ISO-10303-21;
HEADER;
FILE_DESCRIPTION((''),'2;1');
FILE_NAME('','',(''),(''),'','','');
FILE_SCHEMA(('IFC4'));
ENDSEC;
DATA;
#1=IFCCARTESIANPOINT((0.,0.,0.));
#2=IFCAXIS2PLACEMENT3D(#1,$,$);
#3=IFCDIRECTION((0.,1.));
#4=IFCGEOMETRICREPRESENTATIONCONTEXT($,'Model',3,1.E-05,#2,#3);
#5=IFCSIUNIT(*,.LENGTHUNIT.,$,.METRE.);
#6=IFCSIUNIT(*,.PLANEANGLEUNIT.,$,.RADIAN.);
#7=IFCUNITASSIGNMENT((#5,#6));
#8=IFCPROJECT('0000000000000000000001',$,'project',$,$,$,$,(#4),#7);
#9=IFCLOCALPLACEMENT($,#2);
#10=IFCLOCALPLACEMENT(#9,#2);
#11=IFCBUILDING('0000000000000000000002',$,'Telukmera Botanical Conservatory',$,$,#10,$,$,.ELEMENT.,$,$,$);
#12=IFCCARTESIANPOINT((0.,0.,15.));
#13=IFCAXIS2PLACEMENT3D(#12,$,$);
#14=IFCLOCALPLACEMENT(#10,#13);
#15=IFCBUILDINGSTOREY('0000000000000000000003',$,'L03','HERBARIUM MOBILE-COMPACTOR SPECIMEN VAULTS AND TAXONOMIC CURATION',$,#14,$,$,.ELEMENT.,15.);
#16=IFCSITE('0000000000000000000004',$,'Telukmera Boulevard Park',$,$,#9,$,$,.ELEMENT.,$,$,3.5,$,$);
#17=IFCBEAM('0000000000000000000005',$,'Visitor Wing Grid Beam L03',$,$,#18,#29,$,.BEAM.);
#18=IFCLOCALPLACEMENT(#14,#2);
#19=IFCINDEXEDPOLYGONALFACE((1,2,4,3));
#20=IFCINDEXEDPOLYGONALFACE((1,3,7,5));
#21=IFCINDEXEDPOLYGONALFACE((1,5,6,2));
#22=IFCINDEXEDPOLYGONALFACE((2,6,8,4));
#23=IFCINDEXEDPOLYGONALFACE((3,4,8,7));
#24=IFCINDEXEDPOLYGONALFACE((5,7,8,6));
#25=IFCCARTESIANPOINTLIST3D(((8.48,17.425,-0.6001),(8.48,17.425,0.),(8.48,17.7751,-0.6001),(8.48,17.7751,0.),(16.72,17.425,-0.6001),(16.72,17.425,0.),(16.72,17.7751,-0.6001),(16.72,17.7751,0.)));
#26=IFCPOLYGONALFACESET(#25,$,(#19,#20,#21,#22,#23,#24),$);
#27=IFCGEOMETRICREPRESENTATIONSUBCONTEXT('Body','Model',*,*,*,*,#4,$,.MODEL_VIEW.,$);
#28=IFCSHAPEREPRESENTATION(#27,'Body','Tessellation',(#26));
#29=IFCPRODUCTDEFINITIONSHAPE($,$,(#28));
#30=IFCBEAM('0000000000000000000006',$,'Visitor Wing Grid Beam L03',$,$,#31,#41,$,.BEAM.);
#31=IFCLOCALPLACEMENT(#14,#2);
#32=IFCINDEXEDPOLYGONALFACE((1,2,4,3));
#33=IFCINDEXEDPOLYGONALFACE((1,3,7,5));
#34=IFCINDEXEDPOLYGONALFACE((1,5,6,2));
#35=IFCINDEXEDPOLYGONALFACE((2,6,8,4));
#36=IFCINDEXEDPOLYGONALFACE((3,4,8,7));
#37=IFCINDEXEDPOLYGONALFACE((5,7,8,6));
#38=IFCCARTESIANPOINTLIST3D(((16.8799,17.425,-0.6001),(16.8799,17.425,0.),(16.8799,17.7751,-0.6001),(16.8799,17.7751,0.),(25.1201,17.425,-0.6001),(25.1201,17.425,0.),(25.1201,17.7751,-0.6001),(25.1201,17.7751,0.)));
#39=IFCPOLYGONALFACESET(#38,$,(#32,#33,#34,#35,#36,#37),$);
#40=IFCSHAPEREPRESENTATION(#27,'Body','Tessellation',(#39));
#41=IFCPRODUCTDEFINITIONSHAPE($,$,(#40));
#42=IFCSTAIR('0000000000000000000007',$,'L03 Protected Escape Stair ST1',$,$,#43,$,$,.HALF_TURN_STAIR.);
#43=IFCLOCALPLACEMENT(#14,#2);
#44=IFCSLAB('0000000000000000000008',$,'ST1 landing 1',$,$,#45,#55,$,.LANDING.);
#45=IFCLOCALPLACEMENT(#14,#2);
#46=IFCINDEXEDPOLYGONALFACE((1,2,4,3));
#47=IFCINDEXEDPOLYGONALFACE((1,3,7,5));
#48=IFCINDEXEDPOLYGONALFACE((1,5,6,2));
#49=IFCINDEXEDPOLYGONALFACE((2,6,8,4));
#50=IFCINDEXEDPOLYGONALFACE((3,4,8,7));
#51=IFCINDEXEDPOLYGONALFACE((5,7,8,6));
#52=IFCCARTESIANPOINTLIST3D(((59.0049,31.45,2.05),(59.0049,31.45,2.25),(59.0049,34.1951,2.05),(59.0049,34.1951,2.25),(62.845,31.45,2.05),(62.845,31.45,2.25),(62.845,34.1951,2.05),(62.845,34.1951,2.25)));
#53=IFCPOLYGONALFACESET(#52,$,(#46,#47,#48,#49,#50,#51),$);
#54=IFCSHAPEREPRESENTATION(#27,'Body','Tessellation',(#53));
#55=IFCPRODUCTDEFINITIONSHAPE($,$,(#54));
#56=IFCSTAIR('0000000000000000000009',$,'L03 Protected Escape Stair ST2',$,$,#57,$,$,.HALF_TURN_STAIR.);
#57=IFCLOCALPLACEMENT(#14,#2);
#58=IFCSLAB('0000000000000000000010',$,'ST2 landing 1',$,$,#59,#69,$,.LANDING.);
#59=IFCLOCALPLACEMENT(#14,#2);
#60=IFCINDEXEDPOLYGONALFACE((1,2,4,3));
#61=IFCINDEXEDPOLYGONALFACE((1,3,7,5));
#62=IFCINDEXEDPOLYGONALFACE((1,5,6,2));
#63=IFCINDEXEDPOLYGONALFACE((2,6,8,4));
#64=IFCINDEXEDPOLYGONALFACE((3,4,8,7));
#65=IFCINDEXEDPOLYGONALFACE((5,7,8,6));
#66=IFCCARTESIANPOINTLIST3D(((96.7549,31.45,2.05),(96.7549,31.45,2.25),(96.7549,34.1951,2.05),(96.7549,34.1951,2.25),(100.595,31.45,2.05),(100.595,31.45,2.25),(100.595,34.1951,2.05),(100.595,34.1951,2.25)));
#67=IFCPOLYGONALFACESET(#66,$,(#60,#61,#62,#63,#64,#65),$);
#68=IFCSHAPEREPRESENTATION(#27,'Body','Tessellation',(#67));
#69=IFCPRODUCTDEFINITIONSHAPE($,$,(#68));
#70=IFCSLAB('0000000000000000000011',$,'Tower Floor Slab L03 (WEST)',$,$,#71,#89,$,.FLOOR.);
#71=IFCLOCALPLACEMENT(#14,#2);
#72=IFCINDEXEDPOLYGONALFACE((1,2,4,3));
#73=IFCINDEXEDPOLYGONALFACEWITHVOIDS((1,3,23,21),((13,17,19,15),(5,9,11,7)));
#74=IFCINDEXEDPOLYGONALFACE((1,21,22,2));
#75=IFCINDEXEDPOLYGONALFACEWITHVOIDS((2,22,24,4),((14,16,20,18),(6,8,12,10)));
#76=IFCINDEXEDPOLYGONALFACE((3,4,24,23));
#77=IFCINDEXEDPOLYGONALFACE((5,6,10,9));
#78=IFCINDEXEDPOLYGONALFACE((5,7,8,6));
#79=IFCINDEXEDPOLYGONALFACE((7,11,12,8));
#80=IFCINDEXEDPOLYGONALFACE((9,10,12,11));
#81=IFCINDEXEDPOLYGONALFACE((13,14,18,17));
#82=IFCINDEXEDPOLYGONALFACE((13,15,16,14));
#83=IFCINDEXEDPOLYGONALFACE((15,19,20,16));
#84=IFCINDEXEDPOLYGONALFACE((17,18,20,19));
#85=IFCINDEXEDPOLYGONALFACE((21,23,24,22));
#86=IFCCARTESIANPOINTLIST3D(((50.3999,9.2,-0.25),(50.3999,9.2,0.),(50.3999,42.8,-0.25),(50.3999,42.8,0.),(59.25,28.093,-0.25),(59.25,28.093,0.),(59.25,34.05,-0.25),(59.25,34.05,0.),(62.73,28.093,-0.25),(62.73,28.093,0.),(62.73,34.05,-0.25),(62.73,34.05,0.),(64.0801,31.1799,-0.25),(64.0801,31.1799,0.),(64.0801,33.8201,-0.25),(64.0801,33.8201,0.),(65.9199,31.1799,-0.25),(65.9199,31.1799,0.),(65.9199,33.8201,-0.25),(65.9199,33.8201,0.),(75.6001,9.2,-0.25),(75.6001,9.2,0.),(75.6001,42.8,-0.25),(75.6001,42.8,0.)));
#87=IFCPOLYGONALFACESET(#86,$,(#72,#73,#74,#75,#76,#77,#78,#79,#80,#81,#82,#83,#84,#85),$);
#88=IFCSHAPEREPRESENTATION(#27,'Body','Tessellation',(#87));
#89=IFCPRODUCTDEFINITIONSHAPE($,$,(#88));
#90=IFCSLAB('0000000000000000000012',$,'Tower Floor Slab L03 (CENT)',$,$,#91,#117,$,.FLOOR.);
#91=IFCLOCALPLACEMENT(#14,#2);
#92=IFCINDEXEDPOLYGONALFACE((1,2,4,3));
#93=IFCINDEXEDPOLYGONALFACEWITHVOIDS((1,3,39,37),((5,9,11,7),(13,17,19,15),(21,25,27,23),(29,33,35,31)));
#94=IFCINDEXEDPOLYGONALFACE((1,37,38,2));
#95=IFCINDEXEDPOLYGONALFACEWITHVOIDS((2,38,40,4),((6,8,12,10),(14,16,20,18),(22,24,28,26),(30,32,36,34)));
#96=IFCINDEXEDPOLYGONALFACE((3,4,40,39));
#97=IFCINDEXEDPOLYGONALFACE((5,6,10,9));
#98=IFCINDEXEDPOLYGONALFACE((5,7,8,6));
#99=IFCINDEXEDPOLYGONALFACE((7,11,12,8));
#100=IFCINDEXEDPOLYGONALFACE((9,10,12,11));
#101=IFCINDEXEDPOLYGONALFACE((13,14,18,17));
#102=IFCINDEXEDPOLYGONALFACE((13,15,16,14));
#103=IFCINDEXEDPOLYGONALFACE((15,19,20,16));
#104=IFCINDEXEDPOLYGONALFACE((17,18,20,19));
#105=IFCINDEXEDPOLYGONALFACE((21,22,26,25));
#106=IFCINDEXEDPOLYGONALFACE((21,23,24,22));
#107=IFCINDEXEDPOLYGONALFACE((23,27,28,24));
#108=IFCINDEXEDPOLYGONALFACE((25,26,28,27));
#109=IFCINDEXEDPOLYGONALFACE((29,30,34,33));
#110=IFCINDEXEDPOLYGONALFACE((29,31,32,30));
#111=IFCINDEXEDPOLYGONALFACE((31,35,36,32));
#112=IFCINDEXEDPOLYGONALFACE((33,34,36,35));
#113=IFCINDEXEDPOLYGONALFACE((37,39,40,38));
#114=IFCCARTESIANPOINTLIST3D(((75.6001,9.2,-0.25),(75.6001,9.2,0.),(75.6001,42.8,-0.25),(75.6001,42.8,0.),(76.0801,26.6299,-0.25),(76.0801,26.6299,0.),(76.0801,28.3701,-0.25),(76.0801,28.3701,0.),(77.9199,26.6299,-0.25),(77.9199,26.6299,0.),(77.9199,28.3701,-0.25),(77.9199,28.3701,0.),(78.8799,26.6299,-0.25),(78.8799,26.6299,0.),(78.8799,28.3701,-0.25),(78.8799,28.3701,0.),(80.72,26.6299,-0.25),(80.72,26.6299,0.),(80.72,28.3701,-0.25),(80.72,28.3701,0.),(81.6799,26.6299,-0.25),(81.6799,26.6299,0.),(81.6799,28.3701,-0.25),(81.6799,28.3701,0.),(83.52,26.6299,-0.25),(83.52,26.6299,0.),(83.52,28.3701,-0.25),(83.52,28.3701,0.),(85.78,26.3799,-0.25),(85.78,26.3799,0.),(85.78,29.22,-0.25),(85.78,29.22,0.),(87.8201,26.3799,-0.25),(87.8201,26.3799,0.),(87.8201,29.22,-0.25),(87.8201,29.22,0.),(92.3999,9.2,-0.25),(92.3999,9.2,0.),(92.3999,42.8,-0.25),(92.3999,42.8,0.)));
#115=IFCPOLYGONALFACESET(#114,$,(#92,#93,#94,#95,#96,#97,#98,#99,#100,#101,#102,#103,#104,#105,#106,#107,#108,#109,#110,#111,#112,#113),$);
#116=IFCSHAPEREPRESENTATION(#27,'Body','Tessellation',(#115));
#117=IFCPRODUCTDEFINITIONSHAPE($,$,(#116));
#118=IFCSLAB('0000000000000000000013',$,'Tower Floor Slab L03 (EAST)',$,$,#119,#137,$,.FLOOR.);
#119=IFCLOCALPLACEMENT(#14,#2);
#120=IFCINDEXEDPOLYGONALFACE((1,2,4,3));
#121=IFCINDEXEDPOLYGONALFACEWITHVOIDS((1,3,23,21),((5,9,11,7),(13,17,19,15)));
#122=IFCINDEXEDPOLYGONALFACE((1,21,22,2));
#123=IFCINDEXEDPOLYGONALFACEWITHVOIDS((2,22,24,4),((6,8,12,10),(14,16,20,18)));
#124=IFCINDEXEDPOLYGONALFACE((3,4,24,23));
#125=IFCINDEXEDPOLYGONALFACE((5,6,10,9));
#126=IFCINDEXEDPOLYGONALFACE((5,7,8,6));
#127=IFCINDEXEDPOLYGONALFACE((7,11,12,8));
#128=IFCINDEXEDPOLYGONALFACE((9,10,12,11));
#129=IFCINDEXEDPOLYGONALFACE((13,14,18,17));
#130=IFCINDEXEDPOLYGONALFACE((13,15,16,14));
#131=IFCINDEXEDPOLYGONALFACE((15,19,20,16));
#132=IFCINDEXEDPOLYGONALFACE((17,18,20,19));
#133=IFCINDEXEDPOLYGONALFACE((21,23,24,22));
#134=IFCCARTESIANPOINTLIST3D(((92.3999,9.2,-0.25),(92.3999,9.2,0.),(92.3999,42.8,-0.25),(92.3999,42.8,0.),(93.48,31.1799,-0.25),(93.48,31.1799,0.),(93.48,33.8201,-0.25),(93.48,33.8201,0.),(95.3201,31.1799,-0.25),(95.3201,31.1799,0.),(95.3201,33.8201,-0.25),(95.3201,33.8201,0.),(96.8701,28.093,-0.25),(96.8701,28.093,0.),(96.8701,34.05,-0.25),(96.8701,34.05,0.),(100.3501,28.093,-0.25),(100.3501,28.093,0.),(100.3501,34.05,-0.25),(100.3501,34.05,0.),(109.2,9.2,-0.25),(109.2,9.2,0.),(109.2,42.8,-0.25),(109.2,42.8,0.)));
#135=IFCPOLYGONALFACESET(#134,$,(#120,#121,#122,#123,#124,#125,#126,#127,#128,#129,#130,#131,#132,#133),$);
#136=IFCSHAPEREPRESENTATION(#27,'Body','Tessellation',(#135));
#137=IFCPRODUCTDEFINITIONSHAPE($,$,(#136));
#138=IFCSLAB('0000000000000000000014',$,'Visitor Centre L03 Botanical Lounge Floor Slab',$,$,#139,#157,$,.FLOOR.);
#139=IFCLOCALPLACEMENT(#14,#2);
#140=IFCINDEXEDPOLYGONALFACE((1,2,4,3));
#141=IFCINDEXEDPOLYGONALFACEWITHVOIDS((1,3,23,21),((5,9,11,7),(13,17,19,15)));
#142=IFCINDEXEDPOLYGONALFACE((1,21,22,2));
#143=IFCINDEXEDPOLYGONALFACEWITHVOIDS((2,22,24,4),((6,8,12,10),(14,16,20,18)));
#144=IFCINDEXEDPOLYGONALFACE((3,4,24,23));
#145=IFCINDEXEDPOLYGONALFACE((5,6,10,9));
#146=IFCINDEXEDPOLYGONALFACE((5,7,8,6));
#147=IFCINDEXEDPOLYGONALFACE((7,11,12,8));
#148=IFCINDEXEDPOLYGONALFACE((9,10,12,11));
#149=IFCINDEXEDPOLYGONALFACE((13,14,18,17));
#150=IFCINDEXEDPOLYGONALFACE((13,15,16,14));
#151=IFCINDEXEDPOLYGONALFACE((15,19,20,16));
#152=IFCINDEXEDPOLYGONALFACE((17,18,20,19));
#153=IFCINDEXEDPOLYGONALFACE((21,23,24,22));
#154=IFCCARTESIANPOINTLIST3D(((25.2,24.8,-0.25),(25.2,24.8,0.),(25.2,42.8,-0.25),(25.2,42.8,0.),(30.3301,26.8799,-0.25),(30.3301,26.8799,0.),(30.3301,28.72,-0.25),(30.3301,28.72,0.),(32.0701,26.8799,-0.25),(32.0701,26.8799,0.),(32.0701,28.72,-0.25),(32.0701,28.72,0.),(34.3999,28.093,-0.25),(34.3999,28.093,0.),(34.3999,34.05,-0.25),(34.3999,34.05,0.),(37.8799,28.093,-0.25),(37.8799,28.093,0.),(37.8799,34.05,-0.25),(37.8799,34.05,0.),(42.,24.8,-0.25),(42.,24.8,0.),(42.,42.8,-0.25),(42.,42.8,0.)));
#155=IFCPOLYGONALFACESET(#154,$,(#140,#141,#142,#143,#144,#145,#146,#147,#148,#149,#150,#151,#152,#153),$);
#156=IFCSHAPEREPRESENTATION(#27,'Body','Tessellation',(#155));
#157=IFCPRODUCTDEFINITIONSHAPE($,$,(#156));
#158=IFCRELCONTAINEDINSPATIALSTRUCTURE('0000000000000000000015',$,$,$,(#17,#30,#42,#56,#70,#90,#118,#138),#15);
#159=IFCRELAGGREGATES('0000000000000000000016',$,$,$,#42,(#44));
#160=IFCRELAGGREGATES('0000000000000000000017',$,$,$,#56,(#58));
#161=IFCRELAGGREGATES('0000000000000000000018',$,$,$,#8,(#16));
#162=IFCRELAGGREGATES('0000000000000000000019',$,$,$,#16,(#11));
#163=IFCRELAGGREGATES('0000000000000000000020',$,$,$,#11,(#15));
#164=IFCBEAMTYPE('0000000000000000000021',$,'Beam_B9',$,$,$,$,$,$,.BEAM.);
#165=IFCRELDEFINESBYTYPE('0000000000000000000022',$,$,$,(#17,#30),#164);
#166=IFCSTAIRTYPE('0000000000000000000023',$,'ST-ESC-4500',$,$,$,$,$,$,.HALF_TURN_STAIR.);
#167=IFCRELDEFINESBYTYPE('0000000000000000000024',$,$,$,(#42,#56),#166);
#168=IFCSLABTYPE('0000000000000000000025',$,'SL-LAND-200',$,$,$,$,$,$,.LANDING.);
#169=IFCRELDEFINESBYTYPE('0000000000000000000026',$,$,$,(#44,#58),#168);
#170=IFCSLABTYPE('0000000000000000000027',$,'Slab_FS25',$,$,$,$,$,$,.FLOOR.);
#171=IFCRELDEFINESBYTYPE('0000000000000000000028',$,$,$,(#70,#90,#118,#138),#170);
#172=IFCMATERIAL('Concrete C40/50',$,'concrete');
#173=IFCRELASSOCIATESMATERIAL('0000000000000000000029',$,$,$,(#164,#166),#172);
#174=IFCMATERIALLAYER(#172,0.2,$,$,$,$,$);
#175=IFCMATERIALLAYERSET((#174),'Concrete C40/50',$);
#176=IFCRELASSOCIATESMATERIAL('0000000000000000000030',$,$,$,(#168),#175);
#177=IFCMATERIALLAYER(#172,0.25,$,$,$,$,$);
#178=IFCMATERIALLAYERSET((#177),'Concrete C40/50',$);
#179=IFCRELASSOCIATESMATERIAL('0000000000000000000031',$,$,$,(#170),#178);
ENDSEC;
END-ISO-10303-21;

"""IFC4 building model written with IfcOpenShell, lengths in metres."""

from ifc_helpers import new_model, si_unit, direction, frame, origin, origin_2d, place, context, subcontext, project, spatial, polyline, rectangle, outline, extrude, material, layer, layer_set, material_profile, profile_set, type_object, element, aggregate, save


model = new_model("IFC4")

# Units and contexts
model_context = context("Model", 3, precision=1e-05, world=origin(), true_north=direction((0.0, 1.0)))
body_context = subcontext(model_context, "Body", "Model", "MODEL_VIEW")
ifc_project = project(units=[si_unit("LENGTHUNIT", "METRE"), si_unit("PLANEANGLEUNIT", "RADIAN")], contexts=[model_context])

# Site, building, storey
site_placement = place(None, origin())
site = spatial("IfcSite", under=ifc_project, at=site_placement, Name="Telukmera Boulevard Park", CompositionType="ELEMENT", RefElevation=3.5)
building_placement = place(site_placement, origin())
building = spatial("IfcBuilding", under=site, at=building_placement, Name="Telukmera Botanical Conservatory", CompositionType="ELEMENT")
storey_placement = place(building_placement, frame((0.0, 0.0, 15.0)))
storey = spatial("IfcBuildingStorey", under=building, at=storey_placement, Name="L03", Description="HERBARIUM MOBILE-COMPACTOR SPECIMEN VAULTS AND TAXONOMIC CURATION", CompositionType="ELEMENT", Elevation=15.0)

# Beams
ifc_material_1 = material(Name="Concrete C40/50", Category="concrete")
ifc_material_profile = material_profile(ifc_material_1, rectangle(XDim=0.3501, YDim=0.6001, at=origin_2d()), Name="RC 350x600")
ifc_profile_set = profile_set([ifc_material_profile], Name="Concrete C40/50")
beam_type = type_object("IfcBeamType", Name="Beam_B9", PredefinedType="BEAM", material=ifc_profile_set)
beam_1_placement = place(storey_placement, frame((8.48, 17.6001, -0.3), z_axis=(1.0, 0.0, 0.0), x_axis=(0.0, 1.0, 0.0)))
element("IfcBeam", 1, at=beam_1_placement, inside=storey, type_object=beam_type, Name="Visitor Wing Grid Beam L03", PredefinedType="BEAM", context=body_context, shape_type="SweptSolid", body=[
    extrude(rectangle(XDim=0.3501, YDim=0.6001, at=origin_2d()), origin(), (0.0, 0.0, 1.0), 8.24),
])
beam_2_placement = place(storey_placement, frame((16.8799, 17.6001, -0.3), z_axis=(1.0, 0.0, 0.0), x_axis=(0.0, 1.0, 0.0)))
element("IfcBeam", 2, at=beam_2_placement, inside=storey, type_object=beam_type, Name="Visitor Wing Grid Beam L03", PredefinedType="BEAM", context=body_context, shape_type="SweptSolid", body=[
    extrude(rectangle(XDim=0.3501, YDim=0.6001, at=origin_2d()), origin(), (0.0, 0.0, 1.0), 8.2402),
])

# Stairs, slabs
stair_type = type_object("IfcStairType", Name="ST-ESC-4500", PredefinedType="HALF_TURN_STAIR", material=ifc_material_1)
stair_1_placement = place(storey_placement, origin())
stair_1 = element("IfcStair", 3, at=stair_1_placement, inside=storey, type_object=stair_type, Name="L03 Protected Escape Stair ST1", PredefinedType="HALF_TURN_STAIR")
ifc_layer_1 = layer(ifc_material_1, 0.2)
ifc_layer_set_1 = layer_set([ifc_layer_1], Name="Concrete C40/50")
slab_type_1 = type_object("IfcSlabType", Name="SL-LAND-200", PredefinedType="LANDING", material=ifc_layer_set_1)
slab_1_placement = place(storey_placement, frame((0.0, 0.0, 2.05)))
slab_1 = element("IfcSlab", 4, at=slab_1_placement, type_object=slab_type_1, Name="ST1 landing 1", PredefinedType="LANDING", context=body_context, shape_type="SweptSolid", body=[
    extrude(outline(polyline([(59.0049, 31.45), (62.845, 31.45), (62.845, 34.1951), (59.0049, 34.1951), (59.0049, 31.45)])), origin(), (0.0, 0.0, 1.0), 0.2),
])
aggregate(stair_1, [slab_1])
stair_2_placement = place(storey_placement, origin())
stair_2 = element("IfcStair", 5, at=stair_2_placement, inside=storey, type_object=stair_type, Name="L03 Protected Escape Stair ST2", PredefinedType="HALF_TURN_STAIR")
slab_2_placement = place(storey_placement, frame((0.0, 0.0, 2.05)))
slab_2 = element("IfcSlab", 6, at=slab_2_placement, type_object=slab_type_1, Name="ST2 landing 1", PredefinedType="LANDING", context=body_context, shape_type="SweptSolid", body=[
    extrude(outline(polyline([(96.7549, 31.45), (100.595, 31.45), (100.595, 34.1951), (96.7549, 34.1951), (96.7549, 31.45)])), origin(), (0.0, 0.0, 1.0), 0.2),
])
aggregate(stair_2, [slab_2])

# Slabs
ifc_layer_2 = layer(ifc_material_1, 0.25)
ifc_layer_set_2 = layer_set([ifc_layer_2], Name="Concrete C40/50")
slab_type_2 = type_object("IfcSlabType", Name="Slab_FS25", PredefinedType="FLOOR", material=ifc_layer_set_2)
slab_3_placement = place(storey_placement, frame((0.0, 0.0, -0.25)))
element("IfcSlab", 7, at=slab_3_placement, inside=storey, type_object=slab_type_2, Name="Tower Floor Slab L03 (WEST)", PredefinedType="FLOOR", context=body_context, shape_type="SweptSolid", body=[
    extrude(outline(polyline([(50.3999, 9.2), (75.6001, 9.2), (75.6001, 42.8), (50.3999, 42.8), (50.3999, 9.2)]), holes=[polyline([(62.73, 28.093), (62.73, 34.05), (59.25, 34.05), (59.25, 28.093), (62.73, 28.093)]), polyline([(64.0801, 31.1799), (65.9199, 31.1799), (65.9199, 33.8201), (64.0801, 33.8201), (64.0801, 31.1799)])]), origin(), (0.0, 0.0, 1.0), 0.25),
])
slab_4_placement = place(storey_placement, frame((0.0, 0.0, -0.25)))
element("IfcSlab", 8, at=slab_4_placement, inside=storey, type_object=slab_type_2, Name="Tower Floor Slab L03 (CENT)", PredefinedType="FLOOR", context=body_context, shape_type="SweptSolid", body=[
    extrude(outline(polyline([(75.6001, 9.2), (92.3999, 9.2), (92.3999, 42.8), (75.6001, 42.8), (75.6001, 9.2)]), holes=[polyline([(85.78, 26.3799), (87.8201, 26.3799), (87.8201, 29.22), (85.78, 29.22), (85.78, 26.3799)]), polyline([(76.0801, 26.6299), (77.9199, 26.6299), (77.9199, 28.3701), (76.0801, 28.3701), (76.0801, 26.6299)]), polyline([(78.8799, 26.6299), (80.72, 26.6299), (80.72, 28.3701), (78.8799, 28.3701), (78.8799, 26.6299)]), polyline([(81.6799, 26.6299), (83.52, 26.6299), (83.52, 28.3701), (81.6799, 28.3701), (81.6799, 26.6299)])]), origin(), (0.0, 0.0, 1.0), 0.25),
])
slab_5_placement = place(storey_placement, frame((0.0, 0.0, -0.25)))
element("IfcSlab", 9, at=slab_5_placement, inside=storey, type_object=slab_type_2, Name="Tower Floor Slab L03 (EAST)", PredefinedType="FLOOR", context=body_context, shape_type="SweptSolid", body=[
    extrude(outline(polyline([(92.3999, 9.2), (109.2, 9.2), (109.2, 42.8), (92.3999, 42.8), (92.3999, 9.2)]), holes=[polyline([(100.3501, 28.093), (100.3501, 34.05), (96.8701, 34.05), (96.8701, 28.093), (100.3501, 28.093)]), polyline([(93.48, 31.1799), (95.3201, 31.1799), (95.3201, 33.8201), (93.48, 33.8201), (93.48, 31.1799)])]), origin(), (0.0, 0.0, 1.0), 0.25),
])
slab_6_placement = place(storey_placement, frame((0.0, 0.0, -0.25)))
element("IfcSlab", 10, at=slab_6_placement, inside=storey, type_object=slab_type_2, Name="Visitor Centre L03 Botanical Lounge Floor Slab", PredefinedType="FLOOR", context=body_context, shape_type="SweptSolid", body=[
    extrude(outline(polyline([(25.2, 24.8), (42.0, 24.8), (42.0, 42.8), (25.2, 42.8), (25.2, 24.8)]), holes=[polyline([(37.8799, 28.093), (37.8799, 34.05), (34.3999, 34.05), (34.3999, 28.093), (37.8799, 28.093)]), polyline([(30.3301, 26.8799), (32.0701, 26.8799), (32.0701, 28.72), (30.3301, 28.72), (30.3301, 26.8799)])]), origin(), (0.0, 0.0, 1.0), 0.25),
])

save(model, "model.ifc")
